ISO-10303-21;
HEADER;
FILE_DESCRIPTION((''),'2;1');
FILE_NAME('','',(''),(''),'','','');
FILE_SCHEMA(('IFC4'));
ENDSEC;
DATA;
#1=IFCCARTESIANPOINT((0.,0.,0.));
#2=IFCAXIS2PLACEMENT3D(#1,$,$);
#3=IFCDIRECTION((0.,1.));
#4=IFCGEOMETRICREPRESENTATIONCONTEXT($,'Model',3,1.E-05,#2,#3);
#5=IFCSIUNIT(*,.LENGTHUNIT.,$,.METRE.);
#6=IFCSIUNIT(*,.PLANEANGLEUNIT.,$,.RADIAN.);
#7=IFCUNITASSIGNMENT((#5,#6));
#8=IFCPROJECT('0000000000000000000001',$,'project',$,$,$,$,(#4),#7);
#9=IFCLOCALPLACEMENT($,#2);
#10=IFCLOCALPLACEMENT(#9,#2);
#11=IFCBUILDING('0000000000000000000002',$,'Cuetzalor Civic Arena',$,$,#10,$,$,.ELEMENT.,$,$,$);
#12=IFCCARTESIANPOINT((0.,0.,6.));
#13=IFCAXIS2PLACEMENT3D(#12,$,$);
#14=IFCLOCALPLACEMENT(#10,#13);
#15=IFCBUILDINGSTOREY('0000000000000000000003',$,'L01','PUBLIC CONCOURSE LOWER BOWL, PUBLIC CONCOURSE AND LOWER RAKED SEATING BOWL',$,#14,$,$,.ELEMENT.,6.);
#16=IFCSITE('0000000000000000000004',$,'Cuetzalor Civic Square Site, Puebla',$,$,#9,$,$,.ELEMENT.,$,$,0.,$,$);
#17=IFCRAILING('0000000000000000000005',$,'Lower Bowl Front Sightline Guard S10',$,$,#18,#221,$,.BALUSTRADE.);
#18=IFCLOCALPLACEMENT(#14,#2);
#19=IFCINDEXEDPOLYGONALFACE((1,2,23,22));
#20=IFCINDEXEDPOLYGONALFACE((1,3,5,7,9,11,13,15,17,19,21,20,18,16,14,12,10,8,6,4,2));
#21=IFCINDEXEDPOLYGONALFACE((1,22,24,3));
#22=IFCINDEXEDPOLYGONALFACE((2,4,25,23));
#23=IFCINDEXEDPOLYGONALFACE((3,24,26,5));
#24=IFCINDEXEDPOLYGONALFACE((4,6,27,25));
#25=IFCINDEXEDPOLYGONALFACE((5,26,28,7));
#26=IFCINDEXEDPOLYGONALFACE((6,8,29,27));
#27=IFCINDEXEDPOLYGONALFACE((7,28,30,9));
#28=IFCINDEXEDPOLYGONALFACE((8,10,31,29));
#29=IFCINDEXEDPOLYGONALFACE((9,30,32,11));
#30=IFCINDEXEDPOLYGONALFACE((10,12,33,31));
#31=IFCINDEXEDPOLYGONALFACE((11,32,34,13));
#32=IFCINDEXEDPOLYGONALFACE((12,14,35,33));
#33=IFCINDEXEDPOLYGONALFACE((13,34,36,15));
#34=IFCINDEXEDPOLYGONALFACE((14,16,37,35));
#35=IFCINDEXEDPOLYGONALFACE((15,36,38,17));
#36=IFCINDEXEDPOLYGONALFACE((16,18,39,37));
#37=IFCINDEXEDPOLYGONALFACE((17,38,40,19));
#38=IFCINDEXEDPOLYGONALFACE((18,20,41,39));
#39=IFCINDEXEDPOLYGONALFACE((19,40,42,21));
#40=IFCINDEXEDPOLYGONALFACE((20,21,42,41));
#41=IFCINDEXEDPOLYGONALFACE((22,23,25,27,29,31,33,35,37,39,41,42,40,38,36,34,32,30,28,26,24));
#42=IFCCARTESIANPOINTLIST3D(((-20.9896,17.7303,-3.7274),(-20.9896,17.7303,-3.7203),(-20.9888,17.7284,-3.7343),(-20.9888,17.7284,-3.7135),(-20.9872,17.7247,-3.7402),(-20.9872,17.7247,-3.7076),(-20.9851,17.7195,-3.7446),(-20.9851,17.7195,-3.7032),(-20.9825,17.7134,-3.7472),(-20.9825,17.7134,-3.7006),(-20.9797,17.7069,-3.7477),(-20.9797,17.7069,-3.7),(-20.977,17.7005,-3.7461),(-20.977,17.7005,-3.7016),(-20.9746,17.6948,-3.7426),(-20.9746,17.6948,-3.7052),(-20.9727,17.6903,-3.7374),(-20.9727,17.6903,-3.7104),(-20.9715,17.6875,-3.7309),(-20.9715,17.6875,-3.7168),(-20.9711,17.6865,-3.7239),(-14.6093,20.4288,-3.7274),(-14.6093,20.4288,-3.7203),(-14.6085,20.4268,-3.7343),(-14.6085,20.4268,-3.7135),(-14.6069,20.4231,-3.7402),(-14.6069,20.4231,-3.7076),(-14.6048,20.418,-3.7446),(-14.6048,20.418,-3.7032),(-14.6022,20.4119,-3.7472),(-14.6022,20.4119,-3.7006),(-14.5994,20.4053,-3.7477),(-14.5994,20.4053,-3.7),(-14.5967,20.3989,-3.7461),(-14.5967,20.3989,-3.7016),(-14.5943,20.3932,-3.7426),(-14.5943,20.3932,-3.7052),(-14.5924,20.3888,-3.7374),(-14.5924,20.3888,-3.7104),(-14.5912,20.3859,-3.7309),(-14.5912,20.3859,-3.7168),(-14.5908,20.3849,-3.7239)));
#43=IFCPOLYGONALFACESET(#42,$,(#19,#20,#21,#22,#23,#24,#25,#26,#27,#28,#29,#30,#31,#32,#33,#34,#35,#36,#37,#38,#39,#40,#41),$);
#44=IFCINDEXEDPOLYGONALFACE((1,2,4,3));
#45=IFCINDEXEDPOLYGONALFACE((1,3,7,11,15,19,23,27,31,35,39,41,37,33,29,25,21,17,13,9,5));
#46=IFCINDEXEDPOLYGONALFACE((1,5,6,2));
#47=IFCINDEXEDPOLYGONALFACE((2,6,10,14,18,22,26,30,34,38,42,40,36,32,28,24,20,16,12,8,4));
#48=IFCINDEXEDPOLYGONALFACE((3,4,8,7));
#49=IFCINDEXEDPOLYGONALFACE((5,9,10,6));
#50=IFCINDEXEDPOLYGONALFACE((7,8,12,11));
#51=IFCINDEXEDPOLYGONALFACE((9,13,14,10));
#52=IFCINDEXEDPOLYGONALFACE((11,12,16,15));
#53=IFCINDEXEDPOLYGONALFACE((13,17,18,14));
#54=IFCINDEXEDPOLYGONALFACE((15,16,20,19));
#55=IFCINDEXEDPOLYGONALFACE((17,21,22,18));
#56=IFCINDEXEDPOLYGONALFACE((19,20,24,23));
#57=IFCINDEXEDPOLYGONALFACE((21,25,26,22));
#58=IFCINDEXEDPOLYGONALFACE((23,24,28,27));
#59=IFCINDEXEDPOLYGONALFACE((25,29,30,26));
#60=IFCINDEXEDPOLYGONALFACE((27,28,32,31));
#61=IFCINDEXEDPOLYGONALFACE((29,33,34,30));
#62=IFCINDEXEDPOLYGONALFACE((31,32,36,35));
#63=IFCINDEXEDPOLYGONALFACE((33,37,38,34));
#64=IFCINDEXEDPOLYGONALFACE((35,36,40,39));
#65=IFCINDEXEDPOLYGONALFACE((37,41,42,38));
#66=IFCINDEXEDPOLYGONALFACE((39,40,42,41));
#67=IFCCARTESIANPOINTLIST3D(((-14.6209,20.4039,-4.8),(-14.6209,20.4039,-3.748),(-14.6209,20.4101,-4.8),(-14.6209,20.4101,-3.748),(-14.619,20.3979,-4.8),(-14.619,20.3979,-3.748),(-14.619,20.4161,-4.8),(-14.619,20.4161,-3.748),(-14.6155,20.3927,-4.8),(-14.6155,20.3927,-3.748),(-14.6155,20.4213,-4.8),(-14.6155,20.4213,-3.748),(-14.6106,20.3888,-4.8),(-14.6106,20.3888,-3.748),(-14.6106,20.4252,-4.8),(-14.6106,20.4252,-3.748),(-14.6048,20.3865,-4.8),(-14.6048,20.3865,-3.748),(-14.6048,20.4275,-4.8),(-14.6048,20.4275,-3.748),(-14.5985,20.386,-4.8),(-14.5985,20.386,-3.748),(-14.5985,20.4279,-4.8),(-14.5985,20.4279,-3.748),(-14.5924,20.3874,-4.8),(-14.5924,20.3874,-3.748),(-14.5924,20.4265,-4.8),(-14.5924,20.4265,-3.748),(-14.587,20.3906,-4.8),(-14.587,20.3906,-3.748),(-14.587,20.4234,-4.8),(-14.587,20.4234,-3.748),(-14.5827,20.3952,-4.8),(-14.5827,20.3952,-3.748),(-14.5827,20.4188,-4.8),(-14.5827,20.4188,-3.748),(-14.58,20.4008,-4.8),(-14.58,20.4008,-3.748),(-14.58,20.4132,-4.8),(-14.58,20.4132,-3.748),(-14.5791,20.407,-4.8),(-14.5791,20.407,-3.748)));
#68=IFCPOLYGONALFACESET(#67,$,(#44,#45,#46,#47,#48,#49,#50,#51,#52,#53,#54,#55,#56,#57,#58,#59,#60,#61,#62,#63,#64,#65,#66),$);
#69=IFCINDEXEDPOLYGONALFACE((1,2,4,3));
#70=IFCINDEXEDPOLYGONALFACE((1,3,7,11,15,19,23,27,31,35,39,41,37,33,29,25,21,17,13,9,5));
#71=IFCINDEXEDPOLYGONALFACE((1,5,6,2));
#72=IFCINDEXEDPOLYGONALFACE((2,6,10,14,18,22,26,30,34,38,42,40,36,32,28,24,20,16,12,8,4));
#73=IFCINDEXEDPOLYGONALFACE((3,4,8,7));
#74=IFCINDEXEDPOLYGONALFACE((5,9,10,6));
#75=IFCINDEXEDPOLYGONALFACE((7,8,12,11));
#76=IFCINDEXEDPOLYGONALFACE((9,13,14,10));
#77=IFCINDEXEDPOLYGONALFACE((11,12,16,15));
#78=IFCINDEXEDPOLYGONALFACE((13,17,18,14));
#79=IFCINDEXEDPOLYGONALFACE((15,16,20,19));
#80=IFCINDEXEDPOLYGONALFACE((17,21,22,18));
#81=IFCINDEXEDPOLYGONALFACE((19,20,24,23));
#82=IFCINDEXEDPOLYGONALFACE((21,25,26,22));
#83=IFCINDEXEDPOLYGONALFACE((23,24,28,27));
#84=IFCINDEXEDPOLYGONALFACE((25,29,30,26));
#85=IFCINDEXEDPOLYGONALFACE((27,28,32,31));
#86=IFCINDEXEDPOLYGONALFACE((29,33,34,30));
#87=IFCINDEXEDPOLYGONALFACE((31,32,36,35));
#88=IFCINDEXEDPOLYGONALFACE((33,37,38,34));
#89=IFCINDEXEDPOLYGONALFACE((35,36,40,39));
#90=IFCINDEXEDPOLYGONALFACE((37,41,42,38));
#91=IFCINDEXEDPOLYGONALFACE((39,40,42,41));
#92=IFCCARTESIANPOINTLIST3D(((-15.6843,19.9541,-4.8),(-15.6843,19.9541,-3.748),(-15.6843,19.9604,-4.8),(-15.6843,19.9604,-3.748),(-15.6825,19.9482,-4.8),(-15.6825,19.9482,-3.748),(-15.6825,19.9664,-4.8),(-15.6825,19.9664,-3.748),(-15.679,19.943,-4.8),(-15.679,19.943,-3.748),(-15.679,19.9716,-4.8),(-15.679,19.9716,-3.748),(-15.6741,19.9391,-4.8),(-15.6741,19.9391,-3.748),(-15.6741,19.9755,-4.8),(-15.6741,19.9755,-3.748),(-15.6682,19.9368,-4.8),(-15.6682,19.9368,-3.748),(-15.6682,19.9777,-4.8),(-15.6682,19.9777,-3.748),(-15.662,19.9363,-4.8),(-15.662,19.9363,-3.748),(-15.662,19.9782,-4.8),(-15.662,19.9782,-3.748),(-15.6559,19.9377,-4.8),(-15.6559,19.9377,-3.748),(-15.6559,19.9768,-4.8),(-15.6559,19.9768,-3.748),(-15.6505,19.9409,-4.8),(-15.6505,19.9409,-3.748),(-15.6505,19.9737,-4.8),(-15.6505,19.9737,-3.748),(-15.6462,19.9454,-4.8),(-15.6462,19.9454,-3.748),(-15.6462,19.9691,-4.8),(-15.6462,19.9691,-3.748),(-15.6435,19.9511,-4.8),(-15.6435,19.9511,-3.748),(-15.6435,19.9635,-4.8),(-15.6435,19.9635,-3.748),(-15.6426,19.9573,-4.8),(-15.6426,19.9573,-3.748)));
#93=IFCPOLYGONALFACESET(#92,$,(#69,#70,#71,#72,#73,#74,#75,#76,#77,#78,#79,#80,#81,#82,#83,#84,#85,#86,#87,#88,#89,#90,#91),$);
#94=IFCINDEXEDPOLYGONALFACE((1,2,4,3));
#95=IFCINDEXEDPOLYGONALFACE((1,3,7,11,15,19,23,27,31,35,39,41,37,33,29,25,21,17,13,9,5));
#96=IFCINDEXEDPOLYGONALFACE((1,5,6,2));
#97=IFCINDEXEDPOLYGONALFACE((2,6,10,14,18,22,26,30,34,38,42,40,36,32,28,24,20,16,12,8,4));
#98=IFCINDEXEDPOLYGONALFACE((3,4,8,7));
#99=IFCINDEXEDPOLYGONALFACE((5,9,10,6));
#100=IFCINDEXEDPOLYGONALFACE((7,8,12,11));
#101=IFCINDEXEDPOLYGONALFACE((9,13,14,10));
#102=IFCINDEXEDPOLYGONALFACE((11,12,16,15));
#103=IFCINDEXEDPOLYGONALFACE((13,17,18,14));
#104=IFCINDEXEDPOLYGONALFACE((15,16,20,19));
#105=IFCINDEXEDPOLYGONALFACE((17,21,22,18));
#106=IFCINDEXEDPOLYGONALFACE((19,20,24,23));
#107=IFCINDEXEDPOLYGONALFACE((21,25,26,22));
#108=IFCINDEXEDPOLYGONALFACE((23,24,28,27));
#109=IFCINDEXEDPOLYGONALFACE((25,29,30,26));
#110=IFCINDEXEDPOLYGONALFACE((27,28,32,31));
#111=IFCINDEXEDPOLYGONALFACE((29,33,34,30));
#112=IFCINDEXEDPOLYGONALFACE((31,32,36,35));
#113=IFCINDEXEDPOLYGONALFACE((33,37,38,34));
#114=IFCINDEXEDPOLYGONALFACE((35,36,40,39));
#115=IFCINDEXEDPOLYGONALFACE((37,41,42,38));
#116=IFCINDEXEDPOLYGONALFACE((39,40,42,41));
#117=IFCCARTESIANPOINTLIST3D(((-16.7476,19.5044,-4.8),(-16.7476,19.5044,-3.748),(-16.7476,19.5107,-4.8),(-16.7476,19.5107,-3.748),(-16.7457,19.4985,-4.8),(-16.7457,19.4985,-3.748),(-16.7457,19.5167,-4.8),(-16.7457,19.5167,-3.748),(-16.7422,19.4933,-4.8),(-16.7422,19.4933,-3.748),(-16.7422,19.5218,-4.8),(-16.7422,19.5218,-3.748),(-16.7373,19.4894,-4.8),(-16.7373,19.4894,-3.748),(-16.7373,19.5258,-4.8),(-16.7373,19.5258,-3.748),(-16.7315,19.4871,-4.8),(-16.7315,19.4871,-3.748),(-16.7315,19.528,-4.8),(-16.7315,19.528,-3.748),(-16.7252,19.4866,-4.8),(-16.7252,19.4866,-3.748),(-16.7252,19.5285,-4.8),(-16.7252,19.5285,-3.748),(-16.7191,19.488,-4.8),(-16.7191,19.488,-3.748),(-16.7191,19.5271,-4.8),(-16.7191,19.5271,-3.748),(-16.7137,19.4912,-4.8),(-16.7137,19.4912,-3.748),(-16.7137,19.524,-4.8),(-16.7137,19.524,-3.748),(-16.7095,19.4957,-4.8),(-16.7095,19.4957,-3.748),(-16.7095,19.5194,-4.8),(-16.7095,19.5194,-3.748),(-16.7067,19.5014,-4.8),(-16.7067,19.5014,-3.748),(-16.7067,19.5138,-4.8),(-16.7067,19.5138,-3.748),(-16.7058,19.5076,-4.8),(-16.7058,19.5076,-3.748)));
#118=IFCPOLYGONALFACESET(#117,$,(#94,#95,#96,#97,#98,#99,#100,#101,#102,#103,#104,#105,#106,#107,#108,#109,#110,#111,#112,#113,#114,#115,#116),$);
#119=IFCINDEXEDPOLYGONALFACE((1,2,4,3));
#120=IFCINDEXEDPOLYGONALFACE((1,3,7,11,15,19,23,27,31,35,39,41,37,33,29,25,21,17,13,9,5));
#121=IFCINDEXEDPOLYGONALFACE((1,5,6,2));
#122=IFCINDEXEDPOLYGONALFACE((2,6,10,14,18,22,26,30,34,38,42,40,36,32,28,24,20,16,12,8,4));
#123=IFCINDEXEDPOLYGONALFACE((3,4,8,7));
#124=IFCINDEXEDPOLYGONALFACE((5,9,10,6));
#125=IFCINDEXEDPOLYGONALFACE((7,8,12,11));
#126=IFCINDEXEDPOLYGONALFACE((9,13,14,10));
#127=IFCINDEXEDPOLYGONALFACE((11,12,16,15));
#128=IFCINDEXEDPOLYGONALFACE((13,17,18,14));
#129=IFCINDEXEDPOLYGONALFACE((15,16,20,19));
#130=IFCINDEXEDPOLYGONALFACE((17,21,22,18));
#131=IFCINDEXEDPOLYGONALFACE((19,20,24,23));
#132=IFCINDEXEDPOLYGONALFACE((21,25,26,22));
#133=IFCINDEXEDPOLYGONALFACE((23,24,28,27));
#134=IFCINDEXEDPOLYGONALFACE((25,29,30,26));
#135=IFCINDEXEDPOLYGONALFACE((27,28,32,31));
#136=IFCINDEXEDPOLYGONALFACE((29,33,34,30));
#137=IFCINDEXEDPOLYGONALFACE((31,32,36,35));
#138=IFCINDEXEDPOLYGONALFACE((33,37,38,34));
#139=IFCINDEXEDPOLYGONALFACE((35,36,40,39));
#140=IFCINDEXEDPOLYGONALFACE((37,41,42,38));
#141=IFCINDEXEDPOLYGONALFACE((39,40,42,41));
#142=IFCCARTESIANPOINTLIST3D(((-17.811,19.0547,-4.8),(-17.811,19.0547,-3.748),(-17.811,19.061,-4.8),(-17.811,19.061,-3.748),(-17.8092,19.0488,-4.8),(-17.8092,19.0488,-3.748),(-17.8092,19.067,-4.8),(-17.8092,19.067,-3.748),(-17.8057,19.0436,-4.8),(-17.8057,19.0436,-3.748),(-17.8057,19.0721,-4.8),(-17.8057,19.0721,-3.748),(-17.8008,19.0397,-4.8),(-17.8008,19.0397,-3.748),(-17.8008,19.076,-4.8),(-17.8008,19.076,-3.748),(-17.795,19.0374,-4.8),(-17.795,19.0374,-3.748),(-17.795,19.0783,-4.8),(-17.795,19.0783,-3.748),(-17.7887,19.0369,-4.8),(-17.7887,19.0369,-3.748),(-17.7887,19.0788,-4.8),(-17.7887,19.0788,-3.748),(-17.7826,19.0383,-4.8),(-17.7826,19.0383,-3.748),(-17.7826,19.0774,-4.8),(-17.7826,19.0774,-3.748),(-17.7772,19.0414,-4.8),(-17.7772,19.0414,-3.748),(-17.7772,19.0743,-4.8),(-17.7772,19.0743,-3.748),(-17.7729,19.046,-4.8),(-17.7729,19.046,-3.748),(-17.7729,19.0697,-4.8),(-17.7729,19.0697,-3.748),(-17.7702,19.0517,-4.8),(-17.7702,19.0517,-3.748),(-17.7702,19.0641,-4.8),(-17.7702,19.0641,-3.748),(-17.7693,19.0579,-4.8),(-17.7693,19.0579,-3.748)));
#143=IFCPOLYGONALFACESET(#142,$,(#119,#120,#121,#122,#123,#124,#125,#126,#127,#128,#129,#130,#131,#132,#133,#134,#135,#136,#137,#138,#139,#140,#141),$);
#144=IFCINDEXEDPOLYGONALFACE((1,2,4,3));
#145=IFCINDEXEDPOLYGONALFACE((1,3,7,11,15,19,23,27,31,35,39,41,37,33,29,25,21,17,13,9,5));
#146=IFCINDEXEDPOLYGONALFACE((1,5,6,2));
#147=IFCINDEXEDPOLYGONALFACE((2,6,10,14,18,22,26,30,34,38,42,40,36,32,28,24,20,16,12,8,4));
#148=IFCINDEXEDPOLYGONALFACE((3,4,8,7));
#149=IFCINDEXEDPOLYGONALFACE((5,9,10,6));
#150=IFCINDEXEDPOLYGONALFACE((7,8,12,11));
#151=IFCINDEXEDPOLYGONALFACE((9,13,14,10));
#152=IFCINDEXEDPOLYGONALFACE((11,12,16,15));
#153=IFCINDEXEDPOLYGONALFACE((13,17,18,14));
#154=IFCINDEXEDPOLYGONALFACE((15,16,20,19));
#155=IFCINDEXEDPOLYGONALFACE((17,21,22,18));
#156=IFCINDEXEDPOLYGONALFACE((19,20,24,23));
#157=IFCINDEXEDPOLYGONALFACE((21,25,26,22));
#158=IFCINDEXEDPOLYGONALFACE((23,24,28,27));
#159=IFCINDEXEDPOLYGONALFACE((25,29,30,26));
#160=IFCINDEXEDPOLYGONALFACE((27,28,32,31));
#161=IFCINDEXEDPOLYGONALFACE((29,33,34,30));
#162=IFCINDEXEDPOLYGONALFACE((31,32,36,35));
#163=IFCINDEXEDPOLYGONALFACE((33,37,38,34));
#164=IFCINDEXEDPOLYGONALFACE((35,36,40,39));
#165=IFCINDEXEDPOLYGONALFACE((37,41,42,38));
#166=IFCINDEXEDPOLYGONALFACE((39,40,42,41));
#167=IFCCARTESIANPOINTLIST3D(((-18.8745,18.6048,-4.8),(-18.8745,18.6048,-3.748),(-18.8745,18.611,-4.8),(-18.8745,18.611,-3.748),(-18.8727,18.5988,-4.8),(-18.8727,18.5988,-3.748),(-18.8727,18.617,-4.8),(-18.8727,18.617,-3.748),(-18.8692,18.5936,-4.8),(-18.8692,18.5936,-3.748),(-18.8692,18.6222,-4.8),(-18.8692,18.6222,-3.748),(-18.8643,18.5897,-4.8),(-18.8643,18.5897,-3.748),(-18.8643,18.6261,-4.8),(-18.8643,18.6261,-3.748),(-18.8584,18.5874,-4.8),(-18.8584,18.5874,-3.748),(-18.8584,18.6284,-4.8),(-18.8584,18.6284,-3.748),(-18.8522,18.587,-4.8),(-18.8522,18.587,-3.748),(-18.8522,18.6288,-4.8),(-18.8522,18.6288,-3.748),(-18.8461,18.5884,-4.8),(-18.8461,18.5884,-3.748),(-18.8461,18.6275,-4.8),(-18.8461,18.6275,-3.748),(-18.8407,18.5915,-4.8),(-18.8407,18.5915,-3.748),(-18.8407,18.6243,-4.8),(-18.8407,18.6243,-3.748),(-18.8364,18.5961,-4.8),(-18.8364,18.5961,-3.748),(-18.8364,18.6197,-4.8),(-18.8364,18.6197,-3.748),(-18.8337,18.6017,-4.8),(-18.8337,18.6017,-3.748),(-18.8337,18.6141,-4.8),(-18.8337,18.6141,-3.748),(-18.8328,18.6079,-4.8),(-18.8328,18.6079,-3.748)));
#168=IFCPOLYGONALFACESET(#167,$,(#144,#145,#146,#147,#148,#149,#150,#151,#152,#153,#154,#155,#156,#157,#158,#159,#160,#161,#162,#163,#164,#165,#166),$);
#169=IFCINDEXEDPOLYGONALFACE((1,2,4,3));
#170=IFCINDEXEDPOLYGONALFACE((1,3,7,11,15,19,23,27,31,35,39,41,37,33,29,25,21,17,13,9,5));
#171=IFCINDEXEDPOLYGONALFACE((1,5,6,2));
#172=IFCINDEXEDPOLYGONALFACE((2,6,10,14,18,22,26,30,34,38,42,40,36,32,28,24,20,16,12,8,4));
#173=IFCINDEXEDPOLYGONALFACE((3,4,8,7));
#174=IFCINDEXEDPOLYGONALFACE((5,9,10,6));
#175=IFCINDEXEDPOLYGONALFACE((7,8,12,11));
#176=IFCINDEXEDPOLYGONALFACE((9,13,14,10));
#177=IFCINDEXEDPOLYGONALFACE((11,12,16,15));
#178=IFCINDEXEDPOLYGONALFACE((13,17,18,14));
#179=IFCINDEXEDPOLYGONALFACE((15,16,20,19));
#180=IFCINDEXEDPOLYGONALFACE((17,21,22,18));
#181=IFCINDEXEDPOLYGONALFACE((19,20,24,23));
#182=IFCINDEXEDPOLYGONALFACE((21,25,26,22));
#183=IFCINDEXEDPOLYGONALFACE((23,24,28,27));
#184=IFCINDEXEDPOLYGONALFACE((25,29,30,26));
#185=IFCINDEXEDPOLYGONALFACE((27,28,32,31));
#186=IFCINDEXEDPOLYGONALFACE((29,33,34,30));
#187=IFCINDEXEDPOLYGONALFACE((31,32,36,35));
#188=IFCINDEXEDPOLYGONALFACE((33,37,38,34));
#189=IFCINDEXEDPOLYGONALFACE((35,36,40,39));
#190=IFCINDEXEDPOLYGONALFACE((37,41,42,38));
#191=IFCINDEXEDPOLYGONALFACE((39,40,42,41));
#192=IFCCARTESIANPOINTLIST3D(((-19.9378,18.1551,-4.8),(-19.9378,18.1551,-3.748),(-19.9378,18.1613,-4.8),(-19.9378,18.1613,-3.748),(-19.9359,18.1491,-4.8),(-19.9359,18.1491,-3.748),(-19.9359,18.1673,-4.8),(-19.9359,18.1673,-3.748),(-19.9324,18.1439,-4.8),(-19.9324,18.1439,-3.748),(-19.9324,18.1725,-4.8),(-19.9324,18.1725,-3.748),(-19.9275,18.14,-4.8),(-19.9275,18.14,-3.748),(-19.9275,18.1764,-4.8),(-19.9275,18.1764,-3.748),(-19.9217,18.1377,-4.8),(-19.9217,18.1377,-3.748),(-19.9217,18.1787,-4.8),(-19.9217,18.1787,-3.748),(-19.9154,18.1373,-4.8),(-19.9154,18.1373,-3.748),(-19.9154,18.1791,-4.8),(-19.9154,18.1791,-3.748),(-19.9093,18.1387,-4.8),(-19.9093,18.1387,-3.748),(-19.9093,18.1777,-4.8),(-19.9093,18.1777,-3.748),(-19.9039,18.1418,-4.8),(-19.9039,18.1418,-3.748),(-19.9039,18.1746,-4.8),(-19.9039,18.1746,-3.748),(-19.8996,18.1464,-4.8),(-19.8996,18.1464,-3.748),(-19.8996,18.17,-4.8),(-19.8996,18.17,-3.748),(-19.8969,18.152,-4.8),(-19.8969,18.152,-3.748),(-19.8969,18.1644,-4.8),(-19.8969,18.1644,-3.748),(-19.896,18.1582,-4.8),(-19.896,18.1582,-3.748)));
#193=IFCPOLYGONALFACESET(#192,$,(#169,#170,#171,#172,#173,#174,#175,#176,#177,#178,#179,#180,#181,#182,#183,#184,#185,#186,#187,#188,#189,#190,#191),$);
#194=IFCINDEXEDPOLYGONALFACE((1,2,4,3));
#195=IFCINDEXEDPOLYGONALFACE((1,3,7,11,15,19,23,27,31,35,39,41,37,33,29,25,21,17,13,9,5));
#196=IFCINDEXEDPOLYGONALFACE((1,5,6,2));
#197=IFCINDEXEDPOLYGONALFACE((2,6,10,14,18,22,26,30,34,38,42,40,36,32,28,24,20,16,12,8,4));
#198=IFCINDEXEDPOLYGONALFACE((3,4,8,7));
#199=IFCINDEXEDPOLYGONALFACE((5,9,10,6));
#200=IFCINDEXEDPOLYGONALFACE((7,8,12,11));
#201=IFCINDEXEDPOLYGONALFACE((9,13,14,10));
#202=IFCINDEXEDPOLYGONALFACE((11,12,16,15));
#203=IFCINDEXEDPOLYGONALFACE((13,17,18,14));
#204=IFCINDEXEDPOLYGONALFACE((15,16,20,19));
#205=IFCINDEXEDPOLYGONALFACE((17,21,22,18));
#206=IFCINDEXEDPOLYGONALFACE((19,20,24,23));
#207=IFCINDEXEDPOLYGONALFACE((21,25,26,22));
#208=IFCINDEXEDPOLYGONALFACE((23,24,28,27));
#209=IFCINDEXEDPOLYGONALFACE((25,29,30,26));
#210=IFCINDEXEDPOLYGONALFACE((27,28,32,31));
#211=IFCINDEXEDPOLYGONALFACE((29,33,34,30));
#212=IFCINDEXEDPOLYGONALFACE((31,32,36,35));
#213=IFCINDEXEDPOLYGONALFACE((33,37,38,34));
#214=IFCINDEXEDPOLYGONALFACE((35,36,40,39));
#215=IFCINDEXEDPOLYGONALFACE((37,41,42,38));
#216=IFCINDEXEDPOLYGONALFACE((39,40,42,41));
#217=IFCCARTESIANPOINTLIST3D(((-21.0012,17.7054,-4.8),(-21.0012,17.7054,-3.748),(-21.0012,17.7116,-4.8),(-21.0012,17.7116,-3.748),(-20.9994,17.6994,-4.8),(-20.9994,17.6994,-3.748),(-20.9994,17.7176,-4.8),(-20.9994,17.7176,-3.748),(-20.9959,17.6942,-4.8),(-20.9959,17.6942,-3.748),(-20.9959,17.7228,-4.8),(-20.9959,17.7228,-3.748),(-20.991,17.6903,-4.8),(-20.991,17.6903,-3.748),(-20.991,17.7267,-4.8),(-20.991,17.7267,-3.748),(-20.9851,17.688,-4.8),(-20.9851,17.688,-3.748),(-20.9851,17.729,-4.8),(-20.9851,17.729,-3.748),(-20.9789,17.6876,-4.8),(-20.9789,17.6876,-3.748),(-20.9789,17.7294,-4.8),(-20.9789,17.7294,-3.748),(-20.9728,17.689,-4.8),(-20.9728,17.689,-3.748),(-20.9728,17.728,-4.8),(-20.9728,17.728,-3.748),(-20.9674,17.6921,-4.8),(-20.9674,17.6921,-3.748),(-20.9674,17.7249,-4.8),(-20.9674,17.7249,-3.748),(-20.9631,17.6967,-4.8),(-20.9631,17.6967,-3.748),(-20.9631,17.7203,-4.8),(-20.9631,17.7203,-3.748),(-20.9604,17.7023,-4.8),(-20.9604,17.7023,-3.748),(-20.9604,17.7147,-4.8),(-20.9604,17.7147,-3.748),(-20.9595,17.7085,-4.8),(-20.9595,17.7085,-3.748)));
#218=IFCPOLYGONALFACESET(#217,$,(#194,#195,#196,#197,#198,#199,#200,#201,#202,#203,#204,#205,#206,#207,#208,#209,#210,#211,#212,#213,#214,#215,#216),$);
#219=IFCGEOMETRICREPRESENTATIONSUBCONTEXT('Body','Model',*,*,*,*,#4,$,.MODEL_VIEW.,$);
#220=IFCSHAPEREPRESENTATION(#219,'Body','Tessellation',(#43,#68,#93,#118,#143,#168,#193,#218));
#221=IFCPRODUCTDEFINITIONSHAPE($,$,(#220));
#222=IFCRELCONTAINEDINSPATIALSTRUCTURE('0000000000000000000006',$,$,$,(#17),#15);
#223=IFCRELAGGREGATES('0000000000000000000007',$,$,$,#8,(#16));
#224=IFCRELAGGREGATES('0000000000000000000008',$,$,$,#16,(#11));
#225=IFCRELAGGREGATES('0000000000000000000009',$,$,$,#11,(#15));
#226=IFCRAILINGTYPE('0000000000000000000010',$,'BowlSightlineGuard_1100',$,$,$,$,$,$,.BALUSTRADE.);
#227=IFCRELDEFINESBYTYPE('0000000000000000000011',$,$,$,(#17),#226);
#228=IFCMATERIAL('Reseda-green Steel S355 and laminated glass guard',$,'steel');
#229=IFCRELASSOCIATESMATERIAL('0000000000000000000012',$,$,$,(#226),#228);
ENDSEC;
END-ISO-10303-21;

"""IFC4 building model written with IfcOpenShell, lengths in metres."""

from ifc_helpers import new_model, si_unit, direction, frame, origin, origin_2d, place, context, subcontext, project, spatial, circle, extrude, material, type_object, element, save


model = new_model("IFC4")

# Units and contexts
model_context = context("Model", 3, precision=1e-05, world=origin(), true_north=direction((0.0, 1.0)))
body_context = subcontext(model_context, "Body", "Model", "MODEL_VIEW")
ifc_project = project(units=[si_unit("LENGTHUNIT", "METRE"), si_unit("PLANEANGLEUNIT", "RADIAN")], contexts=[model_context])

# Site, building, storey
site_placement = place(None, origin())
site = spatial("IfcSite", under=ifc_project, at=site_placement, Name="Cuetzalor Civic Square Site, Puebla", CompositionType="ELEMENT", RefElevation=0.0)
building_placement = place(site_placement, origin())
building = spatial("IfcBuilding", under=site, at=building_placement, Name="Cuetzalor Civic Arena", CompositionType="ELEMENT")
storey_placement = place(building_placement, frame((0.0, 0.0, 6.0)))
storey = spatial("IfcBuildingStorey", under=building, at=storey_placement, Name="L01", Description="PUBLIC CONCOURSE LOWER BOWL, PUBLIC CONCOURSE AND LOWER RAKED SEATING BOWL", CompositionType="ELEMENT", Elevation=6.0)

# Railing
ifc_material_1 = material(Name="Reseda-green Steel S355 and laminated glass guard", Category="steel")
railing_type = type_object("IfcRailingType", Name="BowlSightlineGuard_1100", PredefinedType="BALUSTRADE", material=ifc_material_1)
railing_1_placement = place(storey_placement, frame((-14.6001, 20.407, -4.8)))
element("IfcRailing", 1, at=railing_1_placement, inside=storey, type_object=railing_type, Name="Lower Bowl Front Sightline Guard S10", PredefinedType="BALUSTRADE", context=body_context, shape_type="SweptSolid", body=[
    extrude(circle(Radius=0.0239, at=origin_2d()), frame((0.0, 0.0, 1.0762), z_axis=(-0.921014, -0.38953, 0.0), x_axis=(0.38953, -0.921014, 0.0)), (0.0, 0.0, 1.0), 6.9275),
    extrude(circle(Radius=0.021, at=origin_2d()), origin(), (0.0, 0.0, 1.0), 1.052),
    extrude(circle(Radius=0.021, at=origin_2d()), frame((-1.0635, -0.4497, 0.0)), (0.0, 0.0, 1.0), 1.052),
    extrude(circle(Radius=0.021, at=origin_2d()), frame((-2.1267, -0.8994, 0.0)), (0.0, 0.0, 1.0), 1.052),
    extrude(circle(Radius=0.021, at=origin_2d()), frame((-3.1902, -1.3491, 0.0)), (0.0, 0.0, 1.0), 1.052),
    extrude(circle(Radius=0.021, at=origin_2d()), frame((-4.2537, -1.7991, 0.0)), (0.0, 0.0, 1.0), 1.052),
    extrude(circle(Radius=0.021, at=origin_2d()), frame((-5.3169, -2.2488, 0.0)), (0.0, 0.0, 1.0), 1.052),
    extrude(circle(Radius=0.021, at=origin_2d()), frame((-6.3804, -2.6985, 0.0)), (0.0, 0.0, 1.0), 1.052),
])

save(model, "model.ifc")
